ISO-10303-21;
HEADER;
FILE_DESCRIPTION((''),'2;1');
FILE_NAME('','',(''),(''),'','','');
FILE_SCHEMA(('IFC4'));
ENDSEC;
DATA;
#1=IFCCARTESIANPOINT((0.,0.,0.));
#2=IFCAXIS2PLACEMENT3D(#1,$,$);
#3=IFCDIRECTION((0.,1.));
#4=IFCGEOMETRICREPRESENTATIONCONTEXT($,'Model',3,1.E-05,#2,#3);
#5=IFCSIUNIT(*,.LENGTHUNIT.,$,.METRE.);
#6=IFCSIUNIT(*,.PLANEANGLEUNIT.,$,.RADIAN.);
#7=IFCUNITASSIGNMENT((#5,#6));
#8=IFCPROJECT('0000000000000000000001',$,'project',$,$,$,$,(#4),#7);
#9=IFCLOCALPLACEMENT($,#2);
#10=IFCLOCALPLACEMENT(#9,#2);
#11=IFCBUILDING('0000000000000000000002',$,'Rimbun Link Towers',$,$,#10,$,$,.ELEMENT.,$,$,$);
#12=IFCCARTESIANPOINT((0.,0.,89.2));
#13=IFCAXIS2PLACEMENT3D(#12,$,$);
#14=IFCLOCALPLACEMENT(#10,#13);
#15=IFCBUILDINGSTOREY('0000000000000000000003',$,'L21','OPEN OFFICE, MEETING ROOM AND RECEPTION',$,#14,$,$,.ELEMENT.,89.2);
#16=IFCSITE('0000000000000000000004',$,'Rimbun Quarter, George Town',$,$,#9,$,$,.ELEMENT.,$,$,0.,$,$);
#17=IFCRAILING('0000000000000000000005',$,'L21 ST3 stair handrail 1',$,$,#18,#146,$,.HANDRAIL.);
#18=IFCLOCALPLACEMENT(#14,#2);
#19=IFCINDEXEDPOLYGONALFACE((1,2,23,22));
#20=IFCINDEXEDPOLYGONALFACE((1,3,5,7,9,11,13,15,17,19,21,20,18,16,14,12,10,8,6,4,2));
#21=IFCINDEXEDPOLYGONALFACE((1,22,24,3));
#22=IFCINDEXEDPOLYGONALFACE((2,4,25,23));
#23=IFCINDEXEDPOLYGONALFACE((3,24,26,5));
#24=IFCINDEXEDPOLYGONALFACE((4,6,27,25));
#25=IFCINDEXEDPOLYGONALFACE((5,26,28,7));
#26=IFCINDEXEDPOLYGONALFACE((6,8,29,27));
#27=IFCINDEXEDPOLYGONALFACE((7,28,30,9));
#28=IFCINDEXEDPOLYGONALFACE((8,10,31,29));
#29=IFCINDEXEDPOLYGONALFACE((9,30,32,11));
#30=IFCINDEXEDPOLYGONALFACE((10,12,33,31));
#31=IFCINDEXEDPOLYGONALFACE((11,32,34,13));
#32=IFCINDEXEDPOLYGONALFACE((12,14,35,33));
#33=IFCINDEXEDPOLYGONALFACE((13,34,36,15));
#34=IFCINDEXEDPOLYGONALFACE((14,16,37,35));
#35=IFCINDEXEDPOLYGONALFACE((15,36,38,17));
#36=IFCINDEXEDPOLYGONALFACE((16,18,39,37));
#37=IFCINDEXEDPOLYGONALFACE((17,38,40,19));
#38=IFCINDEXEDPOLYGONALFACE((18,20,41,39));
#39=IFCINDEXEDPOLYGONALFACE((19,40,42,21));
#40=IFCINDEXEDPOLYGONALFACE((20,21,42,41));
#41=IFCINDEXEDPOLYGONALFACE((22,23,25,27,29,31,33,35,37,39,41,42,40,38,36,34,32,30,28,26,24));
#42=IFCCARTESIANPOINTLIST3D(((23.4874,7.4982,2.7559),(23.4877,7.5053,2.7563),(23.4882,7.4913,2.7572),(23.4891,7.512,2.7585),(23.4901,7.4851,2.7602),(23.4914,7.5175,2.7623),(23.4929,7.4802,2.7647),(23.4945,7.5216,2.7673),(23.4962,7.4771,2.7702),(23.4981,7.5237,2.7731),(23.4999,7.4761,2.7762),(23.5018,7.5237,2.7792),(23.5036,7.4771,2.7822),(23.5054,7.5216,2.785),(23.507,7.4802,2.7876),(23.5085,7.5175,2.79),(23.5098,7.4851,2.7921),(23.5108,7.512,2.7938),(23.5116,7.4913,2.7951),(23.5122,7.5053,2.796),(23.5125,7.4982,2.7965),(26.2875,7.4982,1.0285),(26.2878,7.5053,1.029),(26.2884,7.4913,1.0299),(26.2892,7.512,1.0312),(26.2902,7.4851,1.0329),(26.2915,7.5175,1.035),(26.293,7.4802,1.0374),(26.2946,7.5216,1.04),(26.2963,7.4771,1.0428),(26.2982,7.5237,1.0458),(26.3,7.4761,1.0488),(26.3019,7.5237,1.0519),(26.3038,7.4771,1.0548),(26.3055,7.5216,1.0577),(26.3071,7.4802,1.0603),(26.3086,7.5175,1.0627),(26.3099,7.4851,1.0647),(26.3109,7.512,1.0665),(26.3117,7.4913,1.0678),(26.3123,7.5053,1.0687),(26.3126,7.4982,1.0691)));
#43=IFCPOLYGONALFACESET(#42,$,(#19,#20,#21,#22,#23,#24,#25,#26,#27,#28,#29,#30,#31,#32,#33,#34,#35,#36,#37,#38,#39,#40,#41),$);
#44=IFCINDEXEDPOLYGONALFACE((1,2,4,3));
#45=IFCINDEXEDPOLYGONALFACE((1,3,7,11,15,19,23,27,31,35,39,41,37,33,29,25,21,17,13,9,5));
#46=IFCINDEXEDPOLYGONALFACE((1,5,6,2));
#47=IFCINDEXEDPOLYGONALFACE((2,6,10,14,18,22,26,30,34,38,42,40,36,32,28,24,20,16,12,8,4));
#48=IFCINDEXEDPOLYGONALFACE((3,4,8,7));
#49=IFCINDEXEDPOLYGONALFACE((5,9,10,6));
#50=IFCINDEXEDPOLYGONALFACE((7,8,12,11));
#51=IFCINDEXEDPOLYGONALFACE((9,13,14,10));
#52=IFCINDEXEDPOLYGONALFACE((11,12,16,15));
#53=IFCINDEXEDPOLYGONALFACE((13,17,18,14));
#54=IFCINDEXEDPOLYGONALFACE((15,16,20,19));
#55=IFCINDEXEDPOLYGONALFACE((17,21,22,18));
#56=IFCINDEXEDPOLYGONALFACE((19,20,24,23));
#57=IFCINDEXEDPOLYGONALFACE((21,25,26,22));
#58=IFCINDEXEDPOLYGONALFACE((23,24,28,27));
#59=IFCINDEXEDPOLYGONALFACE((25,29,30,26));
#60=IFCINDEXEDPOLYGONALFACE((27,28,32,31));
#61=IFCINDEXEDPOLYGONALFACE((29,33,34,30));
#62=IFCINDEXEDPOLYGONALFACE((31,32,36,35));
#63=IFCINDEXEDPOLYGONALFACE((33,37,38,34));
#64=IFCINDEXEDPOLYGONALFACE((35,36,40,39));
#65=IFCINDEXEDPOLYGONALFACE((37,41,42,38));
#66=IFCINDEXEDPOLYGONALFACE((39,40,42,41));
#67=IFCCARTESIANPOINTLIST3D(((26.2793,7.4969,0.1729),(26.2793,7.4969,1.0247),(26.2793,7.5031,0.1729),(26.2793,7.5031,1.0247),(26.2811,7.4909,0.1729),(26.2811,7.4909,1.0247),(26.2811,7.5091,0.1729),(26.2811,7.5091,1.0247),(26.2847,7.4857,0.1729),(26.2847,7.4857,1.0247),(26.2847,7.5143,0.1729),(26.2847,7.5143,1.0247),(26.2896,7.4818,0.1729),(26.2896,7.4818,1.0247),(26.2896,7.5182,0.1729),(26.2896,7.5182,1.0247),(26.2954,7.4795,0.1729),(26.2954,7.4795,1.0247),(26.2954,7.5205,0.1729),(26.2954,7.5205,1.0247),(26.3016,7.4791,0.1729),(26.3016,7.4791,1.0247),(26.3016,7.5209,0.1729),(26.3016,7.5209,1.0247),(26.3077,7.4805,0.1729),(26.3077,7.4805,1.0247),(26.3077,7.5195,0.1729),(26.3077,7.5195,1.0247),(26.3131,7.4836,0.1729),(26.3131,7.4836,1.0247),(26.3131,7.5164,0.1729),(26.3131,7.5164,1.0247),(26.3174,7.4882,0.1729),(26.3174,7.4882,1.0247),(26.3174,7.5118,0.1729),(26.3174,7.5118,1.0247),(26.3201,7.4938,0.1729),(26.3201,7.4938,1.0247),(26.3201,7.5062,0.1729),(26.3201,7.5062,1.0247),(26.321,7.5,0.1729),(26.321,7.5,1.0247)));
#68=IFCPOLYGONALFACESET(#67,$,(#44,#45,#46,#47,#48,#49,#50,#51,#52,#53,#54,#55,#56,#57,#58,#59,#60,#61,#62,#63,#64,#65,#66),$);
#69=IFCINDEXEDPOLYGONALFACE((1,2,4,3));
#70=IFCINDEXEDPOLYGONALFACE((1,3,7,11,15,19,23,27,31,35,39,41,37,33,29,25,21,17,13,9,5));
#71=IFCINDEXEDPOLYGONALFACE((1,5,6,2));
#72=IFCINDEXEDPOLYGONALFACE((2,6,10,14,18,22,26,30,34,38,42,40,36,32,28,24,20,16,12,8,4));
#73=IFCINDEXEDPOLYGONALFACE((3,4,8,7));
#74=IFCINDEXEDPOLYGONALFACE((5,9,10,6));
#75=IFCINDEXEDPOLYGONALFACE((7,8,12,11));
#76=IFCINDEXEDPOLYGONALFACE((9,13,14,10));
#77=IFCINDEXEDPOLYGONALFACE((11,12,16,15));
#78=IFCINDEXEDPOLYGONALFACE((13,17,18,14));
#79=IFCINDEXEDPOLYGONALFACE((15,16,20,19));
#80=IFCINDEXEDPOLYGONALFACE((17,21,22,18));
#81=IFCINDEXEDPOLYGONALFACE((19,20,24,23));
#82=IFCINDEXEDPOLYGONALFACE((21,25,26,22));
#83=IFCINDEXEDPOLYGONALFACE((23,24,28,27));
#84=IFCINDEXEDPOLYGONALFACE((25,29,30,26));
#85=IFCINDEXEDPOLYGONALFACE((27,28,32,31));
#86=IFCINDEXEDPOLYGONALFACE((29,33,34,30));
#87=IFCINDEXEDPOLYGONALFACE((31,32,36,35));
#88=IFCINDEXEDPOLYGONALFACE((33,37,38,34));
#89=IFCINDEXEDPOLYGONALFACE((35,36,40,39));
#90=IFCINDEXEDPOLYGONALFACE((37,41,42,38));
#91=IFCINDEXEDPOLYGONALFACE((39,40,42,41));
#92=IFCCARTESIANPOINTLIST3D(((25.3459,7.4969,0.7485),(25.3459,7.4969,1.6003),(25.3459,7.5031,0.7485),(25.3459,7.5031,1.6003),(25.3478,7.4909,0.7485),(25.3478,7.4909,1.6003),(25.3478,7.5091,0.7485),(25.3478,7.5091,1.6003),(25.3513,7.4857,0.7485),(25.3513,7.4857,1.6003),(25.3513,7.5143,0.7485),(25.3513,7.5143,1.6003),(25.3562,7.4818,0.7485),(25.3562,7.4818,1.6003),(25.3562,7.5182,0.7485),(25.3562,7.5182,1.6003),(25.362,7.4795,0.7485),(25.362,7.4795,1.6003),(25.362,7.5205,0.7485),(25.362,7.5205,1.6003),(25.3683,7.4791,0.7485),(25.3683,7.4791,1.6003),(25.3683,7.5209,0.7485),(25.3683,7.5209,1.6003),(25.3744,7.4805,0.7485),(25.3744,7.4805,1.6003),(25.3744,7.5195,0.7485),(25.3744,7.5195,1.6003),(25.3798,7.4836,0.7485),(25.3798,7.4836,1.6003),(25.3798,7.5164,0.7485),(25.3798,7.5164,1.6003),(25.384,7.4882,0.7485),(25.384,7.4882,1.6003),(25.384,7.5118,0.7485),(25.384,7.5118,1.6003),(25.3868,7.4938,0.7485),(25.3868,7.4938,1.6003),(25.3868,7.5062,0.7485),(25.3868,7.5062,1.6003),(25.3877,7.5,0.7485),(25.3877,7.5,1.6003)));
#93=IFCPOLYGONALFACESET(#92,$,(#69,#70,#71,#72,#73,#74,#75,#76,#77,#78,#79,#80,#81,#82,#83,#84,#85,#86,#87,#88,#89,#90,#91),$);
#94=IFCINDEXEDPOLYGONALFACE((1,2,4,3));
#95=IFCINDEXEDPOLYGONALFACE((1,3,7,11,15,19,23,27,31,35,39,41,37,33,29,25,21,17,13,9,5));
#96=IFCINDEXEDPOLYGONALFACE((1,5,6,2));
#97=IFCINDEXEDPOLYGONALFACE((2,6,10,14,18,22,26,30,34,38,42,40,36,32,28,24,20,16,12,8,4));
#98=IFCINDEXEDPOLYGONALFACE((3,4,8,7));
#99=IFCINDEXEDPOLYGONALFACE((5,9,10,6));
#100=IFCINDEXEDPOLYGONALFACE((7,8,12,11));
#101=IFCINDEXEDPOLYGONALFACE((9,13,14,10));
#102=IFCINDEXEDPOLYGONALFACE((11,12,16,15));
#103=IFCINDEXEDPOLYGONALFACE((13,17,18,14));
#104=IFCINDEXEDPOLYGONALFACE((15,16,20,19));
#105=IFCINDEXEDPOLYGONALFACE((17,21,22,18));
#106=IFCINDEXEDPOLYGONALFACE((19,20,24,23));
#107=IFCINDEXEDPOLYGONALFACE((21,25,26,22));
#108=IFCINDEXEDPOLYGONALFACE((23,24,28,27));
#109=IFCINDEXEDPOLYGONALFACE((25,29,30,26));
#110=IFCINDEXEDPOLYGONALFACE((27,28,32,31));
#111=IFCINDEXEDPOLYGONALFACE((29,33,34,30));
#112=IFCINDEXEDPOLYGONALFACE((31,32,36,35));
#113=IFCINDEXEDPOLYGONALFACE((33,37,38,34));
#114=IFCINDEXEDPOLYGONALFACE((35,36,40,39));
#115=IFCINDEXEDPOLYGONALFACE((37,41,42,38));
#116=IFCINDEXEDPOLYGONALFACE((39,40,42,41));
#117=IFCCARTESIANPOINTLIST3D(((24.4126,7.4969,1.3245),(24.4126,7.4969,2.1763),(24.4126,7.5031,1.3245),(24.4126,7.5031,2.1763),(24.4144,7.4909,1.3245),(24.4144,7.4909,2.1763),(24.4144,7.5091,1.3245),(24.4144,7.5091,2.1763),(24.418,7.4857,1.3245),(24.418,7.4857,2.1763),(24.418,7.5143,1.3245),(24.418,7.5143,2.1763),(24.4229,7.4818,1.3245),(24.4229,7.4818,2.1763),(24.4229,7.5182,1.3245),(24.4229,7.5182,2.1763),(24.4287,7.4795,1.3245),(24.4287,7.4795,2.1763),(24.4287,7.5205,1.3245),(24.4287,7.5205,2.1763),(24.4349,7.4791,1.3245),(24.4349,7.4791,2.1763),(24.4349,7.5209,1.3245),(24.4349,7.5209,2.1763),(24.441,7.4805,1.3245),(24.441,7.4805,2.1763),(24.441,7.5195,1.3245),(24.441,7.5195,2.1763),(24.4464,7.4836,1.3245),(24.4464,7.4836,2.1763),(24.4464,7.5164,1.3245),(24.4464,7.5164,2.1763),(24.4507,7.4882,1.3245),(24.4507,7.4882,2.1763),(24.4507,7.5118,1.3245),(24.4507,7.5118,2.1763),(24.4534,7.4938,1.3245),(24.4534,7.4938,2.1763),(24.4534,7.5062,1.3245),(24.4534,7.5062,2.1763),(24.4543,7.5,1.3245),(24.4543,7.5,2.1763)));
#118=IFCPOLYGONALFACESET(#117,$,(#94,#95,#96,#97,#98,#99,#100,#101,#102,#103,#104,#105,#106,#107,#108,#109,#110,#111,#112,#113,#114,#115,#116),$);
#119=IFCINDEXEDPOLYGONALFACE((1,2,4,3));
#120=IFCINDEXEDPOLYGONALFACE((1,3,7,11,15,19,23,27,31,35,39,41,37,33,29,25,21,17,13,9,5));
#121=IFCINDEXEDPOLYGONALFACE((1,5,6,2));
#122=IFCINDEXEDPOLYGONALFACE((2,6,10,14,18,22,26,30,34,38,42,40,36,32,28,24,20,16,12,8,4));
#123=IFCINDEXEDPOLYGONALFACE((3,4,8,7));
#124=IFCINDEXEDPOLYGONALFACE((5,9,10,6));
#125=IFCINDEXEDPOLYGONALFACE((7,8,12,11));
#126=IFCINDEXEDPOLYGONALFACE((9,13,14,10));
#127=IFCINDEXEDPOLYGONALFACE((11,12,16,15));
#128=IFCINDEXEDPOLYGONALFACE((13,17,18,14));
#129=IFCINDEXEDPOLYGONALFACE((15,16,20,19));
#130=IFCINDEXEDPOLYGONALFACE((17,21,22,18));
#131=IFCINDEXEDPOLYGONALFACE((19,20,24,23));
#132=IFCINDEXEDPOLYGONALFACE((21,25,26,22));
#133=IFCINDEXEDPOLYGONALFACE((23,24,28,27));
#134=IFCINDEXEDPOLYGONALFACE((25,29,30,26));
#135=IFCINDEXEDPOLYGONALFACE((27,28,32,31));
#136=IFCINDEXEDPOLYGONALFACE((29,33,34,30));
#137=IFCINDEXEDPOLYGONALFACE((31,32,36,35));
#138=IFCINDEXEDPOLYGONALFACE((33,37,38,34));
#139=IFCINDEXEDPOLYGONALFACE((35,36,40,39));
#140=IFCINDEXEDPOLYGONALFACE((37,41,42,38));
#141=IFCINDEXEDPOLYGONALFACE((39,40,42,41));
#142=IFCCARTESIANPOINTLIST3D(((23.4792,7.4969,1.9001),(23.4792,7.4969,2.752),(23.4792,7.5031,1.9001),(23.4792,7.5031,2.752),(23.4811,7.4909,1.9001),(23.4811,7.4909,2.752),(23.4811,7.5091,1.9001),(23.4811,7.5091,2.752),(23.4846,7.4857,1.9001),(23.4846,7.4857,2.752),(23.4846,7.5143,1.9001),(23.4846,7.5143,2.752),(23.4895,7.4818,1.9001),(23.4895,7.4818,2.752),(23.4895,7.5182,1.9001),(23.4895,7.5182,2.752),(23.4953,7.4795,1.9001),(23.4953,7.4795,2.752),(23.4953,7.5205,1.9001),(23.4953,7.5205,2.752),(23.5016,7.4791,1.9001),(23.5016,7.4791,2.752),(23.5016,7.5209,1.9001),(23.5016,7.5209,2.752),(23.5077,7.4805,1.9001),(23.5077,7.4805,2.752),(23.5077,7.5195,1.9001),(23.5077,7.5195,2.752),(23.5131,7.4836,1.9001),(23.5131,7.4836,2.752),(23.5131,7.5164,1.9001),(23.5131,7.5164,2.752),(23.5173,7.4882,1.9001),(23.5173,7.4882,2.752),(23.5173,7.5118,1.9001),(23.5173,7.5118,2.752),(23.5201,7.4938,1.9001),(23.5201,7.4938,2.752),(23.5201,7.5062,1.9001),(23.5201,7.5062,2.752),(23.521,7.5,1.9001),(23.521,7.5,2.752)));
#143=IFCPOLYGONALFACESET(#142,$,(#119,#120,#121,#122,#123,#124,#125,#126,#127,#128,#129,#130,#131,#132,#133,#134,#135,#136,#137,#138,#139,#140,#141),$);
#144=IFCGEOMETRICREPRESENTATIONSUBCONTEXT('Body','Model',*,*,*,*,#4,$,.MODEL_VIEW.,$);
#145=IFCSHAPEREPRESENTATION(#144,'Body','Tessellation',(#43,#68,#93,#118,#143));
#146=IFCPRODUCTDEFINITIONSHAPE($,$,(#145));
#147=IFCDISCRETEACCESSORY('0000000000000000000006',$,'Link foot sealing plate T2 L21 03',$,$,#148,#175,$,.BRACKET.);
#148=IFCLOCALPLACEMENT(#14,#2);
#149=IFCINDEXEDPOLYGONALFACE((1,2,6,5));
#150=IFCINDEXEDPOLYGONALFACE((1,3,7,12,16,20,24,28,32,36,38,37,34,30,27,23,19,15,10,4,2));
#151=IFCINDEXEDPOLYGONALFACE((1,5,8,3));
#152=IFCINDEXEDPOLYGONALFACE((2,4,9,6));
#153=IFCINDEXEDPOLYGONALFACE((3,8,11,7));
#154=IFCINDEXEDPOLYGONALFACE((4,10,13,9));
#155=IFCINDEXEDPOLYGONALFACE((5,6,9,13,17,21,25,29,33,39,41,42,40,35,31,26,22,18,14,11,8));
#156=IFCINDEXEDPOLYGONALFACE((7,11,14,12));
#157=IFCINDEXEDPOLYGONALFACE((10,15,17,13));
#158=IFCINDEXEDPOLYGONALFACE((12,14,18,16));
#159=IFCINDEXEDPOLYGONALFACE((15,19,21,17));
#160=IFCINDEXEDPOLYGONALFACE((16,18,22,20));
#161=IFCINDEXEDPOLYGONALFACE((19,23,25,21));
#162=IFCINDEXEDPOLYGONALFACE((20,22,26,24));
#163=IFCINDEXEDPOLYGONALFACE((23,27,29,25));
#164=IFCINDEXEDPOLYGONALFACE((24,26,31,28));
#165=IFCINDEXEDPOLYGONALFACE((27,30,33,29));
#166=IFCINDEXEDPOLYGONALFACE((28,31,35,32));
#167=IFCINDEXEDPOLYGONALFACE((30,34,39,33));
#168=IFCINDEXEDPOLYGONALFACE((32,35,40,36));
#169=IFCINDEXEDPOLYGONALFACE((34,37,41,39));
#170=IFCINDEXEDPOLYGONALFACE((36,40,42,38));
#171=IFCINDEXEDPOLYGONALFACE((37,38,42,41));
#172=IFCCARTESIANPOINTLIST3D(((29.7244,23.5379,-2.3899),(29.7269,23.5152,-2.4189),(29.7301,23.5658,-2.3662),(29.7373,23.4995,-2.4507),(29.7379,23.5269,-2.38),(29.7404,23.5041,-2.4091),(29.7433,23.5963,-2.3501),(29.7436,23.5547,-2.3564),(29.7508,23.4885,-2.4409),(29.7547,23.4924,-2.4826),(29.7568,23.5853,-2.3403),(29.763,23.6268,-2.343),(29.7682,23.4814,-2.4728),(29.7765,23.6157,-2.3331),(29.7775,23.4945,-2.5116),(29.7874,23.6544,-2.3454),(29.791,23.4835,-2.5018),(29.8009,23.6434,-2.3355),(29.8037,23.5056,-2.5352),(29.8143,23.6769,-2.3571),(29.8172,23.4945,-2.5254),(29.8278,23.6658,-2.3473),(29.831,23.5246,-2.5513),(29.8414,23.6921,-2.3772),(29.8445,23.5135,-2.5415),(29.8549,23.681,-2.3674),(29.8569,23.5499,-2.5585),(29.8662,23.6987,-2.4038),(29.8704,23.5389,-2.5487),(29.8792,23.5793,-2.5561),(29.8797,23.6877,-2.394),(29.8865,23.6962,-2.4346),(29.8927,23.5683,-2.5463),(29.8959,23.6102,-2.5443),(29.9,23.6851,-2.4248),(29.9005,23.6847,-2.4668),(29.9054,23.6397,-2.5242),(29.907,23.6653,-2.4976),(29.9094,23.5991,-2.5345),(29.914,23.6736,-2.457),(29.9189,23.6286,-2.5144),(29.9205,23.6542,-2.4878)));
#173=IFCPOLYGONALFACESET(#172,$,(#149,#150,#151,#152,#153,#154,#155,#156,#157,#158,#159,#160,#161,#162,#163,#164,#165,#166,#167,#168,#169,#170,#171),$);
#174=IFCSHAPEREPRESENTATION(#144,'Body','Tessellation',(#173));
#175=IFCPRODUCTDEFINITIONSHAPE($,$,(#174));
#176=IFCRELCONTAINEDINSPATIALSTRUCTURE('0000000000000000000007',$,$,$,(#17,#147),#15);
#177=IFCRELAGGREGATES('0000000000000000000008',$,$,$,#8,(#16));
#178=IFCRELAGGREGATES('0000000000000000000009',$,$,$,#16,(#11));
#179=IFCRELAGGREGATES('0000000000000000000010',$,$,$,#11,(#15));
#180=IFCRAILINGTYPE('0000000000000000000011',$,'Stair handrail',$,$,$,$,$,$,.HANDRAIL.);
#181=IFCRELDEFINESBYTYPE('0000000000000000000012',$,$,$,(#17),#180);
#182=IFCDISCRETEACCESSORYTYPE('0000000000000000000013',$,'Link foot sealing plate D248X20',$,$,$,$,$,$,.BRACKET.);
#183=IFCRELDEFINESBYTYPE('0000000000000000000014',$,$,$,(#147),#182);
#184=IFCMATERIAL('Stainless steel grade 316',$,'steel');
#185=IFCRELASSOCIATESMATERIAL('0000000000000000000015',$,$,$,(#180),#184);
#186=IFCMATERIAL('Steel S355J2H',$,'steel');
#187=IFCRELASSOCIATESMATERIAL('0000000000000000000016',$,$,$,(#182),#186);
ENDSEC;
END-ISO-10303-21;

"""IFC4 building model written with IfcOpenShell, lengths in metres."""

from ifc_helpers import new_model, si_unit, direction, frame, origin, origin_2d, place, context, subcontext, project, spatial, circle, extrude, material, material_profile, profile_set, type_object, element, save


model = new_model("IFC4")

# Units and contexts
model_context = context("Model", 3, precision=1e-05, world=origin(), true_north=direction((0.0, 1.0)))
body_context = subcontext(model_context, "Body", "Model", "MODEL_VIEW")
ifc_project = project(units=[si_unit("LENGTHUNIT", "METRE"), si_unit("PLANEANGLEUNIT", "RADIAN")], contexts=[model_context])

# Site, building, storey
site_placement = place(None, origin())
site = spatial("IfcSite", under=ifc_project, at=site_placement, Name="Rimbun Quarter, George Town", CompositionType="ELEMENT", RefElevation=0.0)
building_placement = place(site_placement, origin())
building = spatial("IfcBuilding", under=site, at=building_placement, Name="Rimbun Link Towers", CompositionType="ELEMENT")
storey_placement = place(building_placement, frame((0.0, 0.0, 89.2)))
storey = spatial("IfcBuildingStorey", under=building, at=storey_placement, Name="L21", Description="OPEN OFFICE, MEETING ROOM AND RECEPTION", CompositionType="ELEMENT", Elevation=89.2)

# Railing
ifc_material_1 = material(Name="Stainless steel grade 316", Category="steel")
railing_type_1 = type_object("IfcRailingType", Name="Stair handrail", PredefinedType="HANDRAIL", material=ifc_material_1)
railing_1_placement = place(storey_placement, frame((26.3, 7.5, 0.1729)))
element("IfcRailing", 1, at=railing_1_placement, inside=storey, type_object=railing_type_1, Name="L21 ST3 stair handrail 1", PredefinedType="HANDRAIL", context=body_context, shape_type="SweptSolid", body=[
    extrude(circle(Radius=0.0239, at=origin_2d()), frame((0.0, 0.0, 0.876), z_axis=(-0.85109, 0.0, 0.52502), x_axis=(0.0, -1.0, 0.0)), (0.0, 0.0, 1.0), 3.29),
    extrude(circle(Radius=0.021, at=origin_2d()), origin(), (0.0, 0.0, 1.0), 0.8518),
    extrude(circle(Radius=0.021, at=origin_2d()), frame((-0.9333, 0.0, 0.5757)), (0.0, 0.0, 1.0), 0.8518),
    extrude(circle(Radius=0.021, at=origin_2d()), frame((-1.8667, 0.0, 1.1516)), (0.0, 0.0, 1.0), 0.8518),
    extrude(circle(Radius=0.021, at=origin_2d()), frame((-2.8, 0.0, 1.7273)), (0.0, 0.0, 1.0), 0.8518),
])

# Discrete accessory
ifc_material_2 = material(Name="Steel S355J2H", Category="steel")
ifc_material_profile_1 = material_profile(ifc_material_2, circle(Radius=0.124, at=origin_2d()), Name="PL D248")
ifc_profile_set_1 = profile_set([ifc_material_profile_1], Name="Steel S355J2H")
discrete_accessory_type = type_object("IfcDiscreteAccessoryType", Name="Link foot sealing plate D248X20", PredefinedType="BRACKET", material=ifc_profile_set_1)
discrete_accessory_placement = place(storey_placement, frame((29.8293, 23.5845, -2.4409), z_axis=(-0.674453, 0.551825, -0.490511), x_axis=(-0.633238, -0.773957, 0.0)))
element("IfcDiscreteAccessory", 2, at=discrete_accessory_placement, inside=storey, type_object=discrete_accessory_type, Name="Link foot sealing plate T2 L21 03", PredefinedType="BRACKET", context=body_context, shape_type="SweptSolid", body=[
    extrude(circle(Radius=0.124, at=origin_2d()), origin(), (0.0, 0.0, 1.0), 0.02),
])

save(model, "model.ifc")
